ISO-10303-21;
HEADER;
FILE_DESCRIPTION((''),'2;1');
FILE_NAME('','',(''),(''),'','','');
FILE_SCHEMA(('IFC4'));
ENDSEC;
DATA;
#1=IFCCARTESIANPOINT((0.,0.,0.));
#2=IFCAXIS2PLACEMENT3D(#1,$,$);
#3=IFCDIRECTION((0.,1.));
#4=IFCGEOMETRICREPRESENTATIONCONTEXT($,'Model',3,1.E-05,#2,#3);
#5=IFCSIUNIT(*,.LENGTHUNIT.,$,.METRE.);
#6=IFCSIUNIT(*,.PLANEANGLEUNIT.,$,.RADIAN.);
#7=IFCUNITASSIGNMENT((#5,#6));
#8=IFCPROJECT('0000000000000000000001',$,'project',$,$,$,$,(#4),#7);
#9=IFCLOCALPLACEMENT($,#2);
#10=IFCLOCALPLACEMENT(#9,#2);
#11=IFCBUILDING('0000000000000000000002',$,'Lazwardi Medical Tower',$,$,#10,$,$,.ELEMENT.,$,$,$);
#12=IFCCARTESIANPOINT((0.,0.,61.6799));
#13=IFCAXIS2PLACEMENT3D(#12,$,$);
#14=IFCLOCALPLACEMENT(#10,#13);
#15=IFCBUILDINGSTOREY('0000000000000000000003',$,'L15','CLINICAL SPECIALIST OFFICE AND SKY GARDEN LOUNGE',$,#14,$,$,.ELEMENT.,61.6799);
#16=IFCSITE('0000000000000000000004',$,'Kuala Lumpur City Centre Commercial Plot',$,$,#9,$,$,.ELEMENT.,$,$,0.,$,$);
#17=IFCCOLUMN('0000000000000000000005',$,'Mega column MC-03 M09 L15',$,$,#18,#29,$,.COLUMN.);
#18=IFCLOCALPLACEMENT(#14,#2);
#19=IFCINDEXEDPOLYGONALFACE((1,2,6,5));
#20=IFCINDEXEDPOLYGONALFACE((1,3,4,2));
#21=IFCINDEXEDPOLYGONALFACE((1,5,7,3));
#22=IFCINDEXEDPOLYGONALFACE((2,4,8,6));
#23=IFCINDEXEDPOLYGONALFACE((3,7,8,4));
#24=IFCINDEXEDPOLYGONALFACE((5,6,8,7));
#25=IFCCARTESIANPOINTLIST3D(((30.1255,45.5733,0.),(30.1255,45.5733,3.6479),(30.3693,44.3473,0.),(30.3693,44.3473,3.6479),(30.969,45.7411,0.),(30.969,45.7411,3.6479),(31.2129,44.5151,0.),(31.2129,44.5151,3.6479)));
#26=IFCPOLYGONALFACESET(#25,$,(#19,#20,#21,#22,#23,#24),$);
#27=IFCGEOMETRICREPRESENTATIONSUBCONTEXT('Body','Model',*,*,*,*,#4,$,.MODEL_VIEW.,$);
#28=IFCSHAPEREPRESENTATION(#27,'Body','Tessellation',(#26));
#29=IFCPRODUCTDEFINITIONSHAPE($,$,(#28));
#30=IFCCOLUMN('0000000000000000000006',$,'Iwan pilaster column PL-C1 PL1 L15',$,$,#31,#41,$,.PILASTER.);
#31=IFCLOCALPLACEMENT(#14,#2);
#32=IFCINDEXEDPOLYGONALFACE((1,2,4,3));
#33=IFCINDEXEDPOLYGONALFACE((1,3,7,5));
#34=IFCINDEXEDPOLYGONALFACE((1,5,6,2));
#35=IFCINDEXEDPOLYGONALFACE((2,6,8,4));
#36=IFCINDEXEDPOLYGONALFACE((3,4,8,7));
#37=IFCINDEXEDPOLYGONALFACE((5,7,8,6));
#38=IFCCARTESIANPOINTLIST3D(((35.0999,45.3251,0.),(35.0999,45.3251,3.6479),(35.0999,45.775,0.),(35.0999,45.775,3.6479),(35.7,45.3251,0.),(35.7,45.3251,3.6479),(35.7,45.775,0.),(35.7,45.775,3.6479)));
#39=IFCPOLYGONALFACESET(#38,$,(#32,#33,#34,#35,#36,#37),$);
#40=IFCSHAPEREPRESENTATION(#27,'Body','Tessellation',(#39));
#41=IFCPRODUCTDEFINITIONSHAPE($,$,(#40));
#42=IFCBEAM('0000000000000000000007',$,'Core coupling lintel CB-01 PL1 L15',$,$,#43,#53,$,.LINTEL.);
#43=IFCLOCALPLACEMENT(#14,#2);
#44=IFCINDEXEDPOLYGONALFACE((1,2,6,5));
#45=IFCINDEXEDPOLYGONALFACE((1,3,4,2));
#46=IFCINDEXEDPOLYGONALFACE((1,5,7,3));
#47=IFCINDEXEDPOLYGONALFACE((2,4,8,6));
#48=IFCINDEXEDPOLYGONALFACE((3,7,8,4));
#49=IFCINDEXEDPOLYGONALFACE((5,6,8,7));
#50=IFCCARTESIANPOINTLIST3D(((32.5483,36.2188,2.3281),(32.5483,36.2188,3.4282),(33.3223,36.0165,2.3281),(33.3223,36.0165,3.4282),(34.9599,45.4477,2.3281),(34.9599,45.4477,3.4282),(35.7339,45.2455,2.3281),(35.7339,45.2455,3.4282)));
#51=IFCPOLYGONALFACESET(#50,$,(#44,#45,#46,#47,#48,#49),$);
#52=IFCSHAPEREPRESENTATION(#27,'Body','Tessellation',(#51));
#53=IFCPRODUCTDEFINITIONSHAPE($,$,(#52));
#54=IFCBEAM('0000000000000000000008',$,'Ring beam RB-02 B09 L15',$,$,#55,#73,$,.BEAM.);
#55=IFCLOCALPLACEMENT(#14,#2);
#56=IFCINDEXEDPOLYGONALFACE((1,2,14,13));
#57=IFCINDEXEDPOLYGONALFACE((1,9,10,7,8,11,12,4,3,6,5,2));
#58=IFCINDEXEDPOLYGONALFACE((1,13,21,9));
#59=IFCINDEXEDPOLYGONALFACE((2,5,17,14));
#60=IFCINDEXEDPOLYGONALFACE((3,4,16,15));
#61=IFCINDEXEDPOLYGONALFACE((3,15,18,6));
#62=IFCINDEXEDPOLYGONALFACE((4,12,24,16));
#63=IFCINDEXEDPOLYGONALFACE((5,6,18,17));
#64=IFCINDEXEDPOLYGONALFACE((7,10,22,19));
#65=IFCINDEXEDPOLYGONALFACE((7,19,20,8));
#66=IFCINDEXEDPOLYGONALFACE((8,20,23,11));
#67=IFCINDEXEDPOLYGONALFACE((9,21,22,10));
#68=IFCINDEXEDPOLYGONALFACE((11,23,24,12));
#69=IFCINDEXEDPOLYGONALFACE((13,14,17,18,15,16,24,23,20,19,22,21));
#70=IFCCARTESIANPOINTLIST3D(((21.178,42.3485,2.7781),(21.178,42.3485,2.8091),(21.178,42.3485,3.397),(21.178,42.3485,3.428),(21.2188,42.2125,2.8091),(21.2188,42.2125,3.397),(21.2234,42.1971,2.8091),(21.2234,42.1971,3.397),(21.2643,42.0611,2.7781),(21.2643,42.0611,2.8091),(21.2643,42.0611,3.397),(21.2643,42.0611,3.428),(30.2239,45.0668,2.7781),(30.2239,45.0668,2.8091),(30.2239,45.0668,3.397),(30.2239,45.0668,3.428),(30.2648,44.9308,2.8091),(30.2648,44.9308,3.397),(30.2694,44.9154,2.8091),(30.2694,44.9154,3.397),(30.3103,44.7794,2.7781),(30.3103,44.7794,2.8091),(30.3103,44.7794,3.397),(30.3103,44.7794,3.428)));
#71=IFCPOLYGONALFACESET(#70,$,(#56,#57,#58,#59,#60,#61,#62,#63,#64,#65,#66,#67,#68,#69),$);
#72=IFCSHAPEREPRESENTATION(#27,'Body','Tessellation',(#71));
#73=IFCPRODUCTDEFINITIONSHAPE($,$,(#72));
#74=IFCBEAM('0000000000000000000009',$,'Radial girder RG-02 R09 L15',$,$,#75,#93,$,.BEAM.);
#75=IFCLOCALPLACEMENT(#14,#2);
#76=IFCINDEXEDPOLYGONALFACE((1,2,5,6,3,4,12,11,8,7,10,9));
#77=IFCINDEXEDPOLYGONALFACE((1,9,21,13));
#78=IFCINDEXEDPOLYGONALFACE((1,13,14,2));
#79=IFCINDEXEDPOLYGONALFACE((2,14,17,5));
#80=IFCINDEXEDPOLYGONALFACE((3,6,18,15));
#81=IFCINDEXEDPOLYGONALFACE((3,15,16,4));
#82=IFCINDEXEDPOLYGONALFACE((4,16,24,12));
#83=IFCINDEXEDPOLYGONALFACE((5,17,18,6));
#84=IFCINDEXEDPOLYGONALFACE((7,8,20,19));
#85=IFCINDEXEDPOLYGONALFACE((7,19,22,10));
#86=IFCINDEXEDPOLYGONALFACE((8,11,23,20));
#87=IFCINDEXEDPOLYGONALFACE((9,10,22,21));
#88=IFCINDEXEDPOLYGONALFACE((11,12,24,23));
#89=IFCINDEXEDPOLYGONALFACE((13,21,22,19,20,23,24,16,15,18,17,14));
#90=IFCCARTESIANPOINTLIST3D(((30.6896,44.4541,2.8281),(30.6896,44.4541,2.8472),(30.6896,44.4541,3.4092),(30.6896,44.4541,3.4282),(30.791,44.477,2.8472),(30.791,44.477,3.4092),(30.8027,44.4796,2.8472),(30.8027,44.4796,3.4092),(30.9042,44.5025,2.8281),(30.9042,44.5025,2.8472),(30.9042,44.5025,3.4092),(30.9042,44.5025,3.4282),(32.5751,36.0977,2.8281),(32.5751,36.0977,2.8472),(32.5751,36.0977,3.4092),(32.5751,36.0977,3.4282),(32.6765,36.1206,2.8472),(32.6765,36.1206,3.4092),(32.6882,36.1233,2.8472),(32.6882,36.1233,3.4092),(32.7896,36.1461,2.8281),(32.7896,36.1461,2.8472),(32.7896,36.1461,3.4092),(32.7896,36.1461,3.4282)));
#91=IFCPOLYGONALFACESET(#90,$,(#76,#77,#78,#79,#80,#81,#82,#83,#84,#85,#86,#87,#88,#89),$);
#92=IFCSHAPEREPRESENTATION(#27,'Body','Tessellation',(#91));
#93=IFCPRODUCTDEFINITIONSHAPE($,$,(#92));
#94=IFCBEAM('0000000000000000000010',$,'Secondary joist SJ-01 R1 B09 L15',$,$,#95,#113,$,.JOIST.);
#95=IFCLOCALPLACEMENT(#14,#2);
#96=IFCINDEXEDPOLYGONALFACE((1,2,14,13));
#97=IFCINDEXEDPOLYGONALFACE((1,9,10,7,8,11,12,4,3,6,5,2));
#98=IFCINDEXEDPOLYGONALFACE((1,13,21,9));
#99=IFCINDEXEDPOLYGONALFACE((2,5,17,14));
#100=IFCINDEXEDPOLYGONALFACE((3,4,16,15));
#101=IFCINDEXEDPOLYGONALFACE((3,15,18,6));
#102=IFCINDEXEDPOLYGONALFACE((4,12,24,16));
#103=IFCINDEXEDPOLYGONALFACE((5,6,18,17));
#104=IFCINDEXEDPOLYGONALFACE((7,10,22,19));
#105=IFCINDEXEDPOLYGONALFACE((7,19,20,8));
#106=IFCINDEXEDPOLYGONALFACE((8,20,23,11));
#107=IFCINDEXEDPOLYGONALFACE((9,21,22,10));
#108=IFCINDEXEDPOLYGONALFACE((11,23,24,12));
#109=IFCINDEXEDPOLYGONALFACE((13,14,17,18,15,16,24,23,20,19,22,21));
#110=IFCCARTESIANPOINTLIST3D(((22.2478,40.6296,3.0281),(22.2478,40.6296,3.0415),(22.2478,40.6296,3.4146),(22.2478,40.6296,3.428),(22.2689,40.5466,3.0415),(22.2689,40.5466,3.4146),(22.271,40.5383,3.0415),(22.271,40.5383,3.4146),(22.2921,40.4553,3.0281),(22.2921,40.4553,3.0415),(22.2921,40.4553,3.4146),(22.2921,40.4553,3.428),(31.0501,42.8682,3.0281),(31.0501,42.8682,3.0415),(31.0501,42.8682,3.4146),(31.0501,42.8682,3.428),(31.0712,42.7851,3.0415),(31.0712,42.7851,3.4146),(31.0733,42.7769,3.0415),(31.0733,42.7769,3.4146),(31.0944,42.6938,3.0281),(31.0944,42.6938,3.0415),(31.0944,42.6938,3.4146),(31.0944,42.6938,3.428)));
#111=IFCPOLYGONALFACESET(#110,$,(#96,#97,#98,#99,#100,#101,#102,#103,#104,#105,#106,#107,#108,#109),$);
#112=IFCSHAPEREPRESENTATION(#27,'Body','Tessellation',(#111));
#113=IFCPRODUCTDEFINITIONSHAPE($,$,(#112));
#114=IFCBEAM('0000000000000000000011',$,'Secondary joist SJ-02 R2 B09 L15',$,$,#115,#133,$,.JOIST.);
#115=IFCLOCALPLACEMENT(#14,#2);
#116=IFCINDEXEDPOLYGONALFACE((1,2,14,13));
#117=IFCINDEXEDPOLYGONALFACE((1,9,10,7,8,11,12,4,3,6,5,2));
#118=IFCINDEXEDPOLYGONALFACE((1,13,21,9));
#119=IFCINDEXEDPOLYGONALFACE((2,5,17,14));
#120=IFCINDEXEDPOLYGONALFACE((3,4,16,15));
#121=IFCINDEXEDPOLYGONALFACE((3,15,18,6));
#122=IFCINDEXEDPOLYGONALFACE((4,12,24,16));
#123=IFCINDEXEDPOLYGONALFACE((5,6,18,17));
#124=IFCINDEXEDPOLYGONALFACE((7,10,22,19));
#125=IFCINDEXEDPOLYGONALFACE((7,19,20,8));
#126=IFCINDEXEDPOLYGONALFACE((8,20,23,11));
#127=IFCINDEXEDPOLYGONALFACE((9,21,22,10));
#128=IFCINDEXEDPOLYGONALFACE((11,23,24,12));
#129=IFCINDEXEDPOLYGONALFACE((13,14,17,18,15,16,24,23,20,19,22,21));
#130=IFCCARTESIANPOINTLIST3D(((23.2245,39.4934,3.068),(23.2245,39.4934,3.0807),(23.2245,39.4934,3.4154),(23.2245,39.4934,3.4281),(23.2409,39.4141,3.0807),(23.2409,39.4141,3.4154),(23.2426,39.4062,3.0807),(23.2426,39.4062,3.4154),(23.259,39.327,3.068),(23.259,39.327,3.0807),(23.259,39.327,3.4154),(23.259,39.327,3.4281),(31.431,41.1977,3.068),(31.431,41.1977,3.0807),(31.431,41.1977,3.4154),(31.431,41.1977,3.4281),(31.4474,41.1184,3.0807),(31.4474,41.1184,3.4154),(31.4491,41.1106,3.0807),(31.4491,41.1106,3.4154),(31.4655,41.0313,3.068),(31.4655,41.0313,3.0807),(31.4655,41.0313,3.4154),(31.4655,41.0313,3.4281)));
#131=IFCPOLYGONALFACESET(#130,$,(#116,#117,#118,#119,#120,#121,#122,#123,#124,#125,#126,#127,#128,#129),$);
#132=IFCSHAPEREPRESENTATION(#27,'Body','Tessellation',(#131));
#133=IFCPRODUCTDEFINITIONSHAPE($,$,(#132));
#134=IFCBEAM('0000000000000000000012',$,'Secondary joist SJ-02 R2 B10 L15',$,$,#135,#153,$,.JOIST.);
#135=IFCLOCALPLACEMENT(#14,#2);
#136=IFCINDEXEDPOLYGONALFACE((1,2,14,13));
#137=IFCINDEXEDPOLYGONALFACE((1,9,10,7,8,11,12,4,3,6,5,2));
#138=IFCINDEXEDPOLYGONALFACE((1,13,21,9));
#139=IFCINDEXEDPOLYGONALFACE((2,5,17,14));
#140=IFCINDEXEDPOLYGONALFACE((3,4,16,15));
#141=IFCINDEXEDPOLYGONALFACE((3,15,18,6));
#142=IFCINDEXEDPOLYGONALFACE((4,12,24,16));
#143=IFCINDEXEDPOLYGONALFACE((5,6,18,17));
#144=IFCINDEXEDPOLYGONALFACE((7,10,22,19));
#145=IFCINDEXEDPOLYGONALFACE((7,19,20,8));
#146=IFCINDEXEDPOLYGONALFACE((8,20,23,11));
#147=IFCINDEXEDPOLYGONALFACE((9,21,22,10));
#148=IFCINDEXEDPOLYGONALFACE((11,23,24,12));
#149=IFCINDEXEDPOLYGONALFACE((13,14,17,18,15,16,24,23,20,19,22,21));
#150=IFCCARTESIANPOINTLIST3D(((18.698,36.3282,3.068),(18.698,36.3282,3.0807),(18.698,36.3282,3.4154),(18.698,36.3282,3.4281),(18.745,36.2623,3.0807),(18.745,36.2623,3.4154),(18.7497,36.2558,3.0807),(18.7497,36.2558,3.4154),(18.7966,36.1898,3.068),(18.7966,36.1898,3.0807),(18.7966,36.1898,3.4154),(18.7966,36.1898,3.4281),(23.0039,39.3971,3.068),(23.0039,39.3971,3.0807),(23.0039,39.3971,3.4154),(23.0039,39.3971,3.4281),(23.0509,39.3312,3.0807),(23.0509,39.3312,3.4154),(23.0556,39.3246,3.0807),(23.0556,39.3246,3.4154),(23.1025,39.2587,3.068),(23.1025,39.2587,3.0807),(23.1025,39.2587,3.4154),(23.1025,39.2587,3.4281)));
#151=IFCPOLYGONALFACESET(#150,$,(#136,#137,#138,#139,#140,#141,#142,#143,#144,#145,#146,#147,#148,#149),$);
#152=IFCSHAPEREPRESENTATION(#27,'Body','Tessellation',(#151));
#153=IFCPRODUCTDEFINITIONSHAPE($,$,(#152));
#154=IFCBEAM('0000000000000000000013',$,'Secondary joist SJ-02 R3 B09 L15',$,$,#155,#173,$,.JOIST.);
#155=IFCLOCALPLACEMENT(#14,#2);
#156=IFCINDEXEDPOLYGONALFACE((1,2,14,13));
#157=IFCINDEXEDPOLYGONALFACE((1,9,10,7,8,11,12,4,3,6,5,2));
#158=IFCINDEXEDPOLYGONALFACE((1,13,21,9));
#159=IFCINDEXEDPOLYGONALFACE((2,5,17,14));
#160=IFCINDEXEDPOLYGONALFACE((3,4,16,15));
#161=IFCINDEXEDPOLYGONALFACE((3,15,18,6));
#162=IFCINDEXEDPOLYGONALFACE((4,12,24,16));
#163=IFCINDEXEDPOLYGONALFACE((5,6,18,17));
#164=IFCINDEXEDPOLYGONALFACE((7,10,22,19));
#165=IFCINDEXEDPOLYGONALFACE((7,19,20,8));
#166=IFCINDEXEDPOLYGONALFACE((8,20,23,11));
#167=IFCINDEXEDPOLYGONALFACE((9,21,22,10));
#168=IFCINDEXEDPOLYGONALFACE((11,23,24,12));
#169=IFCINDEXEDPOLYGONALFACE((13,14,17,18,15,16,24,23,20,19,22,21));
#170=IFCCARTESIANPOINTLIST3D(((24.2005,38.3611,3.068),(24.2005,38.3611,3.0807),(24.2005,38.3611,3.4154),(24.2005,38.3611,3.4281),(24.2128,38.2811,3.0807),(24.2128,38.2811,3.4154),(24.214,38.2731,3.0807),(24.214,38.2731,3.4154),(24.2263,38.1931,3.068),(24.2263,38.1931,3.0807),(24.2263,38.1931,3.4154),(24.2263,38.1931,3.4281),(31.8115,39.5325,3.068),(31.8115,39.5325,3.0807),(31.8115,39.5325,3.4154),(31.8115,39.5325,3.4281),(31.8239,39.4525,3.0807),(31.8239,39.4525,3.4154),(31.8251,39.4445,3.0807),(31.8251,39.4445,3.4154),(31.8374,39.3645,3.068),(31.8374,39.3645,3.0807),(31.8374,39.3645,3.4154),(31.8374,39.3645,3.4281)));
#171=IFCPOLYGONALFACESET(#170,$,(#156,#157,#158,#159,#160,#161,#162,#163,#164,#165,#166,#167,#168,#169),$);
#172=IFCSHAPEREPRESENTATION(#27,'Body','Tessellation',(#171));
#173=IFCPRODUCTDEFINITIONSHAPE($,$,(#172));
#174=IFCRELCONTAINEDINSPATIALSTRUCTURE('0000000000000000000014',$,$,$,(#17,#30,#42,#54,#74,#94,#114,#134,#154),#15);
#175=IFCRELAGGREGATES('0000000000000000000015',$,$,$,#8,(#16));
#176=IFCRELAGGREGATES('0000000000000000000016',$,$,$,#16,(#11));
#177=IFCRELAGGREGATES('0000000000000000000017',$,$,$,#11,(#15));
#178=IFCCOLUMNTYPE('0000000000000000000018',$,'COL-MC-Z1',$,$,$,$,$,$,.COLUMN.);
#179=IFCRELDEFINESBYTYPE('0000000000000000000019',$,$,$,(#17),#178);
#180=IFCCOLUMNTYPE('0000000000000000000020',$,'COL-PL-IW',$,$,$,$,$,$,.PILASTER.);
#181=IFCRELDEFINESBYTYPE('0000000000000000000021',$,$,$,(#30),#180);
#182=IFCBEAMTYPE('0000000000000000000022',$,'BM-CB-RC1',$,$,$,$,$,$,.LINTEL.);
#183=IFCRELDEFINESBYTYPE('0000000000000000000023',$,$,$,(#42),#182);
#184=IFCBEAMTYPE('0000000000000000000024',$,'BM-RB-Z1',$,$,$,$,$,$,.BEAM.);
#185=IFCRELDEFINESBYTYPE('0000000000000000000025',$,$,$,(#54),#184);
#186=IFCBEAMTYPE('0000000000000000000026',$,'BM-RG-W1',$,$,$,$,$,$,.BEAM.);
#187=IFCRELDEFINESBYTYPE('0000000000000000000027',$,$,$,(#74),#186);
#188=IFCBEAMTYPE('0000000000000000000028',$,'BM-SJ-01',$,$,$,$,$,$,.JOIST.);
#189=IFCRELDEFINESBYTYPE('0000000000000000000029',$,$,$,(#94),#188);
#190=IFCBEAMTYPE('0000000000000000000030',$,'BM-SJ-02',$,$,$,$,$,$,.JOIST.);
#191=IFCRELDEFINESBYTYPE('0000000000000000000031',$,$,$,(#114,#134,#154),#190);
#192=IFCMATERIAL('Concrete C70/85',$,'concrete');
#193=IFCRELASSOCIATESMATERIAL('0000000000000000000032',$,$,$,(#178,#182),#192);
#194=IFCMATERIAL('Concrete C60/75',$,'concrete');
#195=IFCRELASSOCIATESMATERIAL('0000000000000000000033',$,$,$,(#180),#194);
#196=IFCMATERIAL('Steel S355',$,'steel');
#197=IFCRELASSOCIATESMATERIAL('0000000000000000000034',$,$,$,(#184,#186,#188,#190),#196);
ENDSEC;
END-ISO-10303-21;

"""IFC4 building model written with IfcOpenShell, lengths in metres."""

from ifc_helpers import new_model, si_unit, direction, frame, origin, origin_2d, place, context, subcontext, project, spatial, rectangle, i_section, extrude, material, material_profile, profile_set, type_object, element, save


model = new_model("IFC4")

# Units and contexts
model_context = context("Model", 3, precision=1e-05, world=origin(), true_north=direction((0.0, 1.0)))
body_context = subcontext(model_context, "Body", "Model", "MODEL_VIEW")
ifc_project = project(units=[si_unit("LENGTHUNIT", "METRE"), si_unit("PLANEANGLEUNIT", "RADIAN")], contexts=[model_context])

# Site, building, storey
site_placement = place(None, origin())
site = spatial("IfcSite", under=ifc_project, at=site_placement, Name="Kuala Lumpur City Centre Commercial Plot", CompositionType="ELEMENT", RefElevation=0.0)
building_placement = place(site_placement, origin())
building = spatial("IfcBuilding", under=site, at=building_placement, Name="Lazwardi Medical Tower", CompositionType="ELEMENT")
storey_placement = place(building_placement, frame((0.0, 0.0, 61.6799)))
storey = spatial("IfcBuildingStorey", under=building, at=storey_placement, Name="L15", Description="CLINICAL SPECIALIST OFFICE AND SKY GARDEN LOUNGE", CompositionType="ELEMENT", Elevation=61.6799)

# Columns
ifc_material_1 = material(Name="Concrete C70/85", Category="concrete")
ifc_material_profile_1 = material_profile(ifc_material_1, rectangle(XDim=1.25, YDim=0.8601, at=origin_2d()), Name="CFT-RECT 1250x860")
ifc_profile_set_1 = profile_set([ifc_material_profile_1], Name="Concrete C70/85")
column_type_1 = type_object("IfcColumnType", Name="COL-MC-Z1", PredefinedType="COLUMN", material=ifc_profile_set_1)
column_1_placement = place(storey_placement, frame((30.6692, 45.0442, 0.0), z_axis=(0.0, 0.0, 1.0), x_axis=(-0.19509, 0.980785, 0.0)))
element("IfcColumn", 1, at=column_1_placement, inside=storey, type_object=column_type_1, Name="Mega column MC-03 M09 L15", PredefinedType="COLUMN", context=body_context, shape_type="SweptSolid", body=[
    extrude(rectangle(XDim=1.25, YDim=0.8601, at=origin_2d()), origin(), (0.0, 0.0, 1.0), 3.6479),
])
ifc_material_2 = material(Name="Concrete C60/75", Category="concrete")
ifc_material_profile_2 = material_profile(ifc_material_2, rectangle(XDim=0.6001, YDim=0.45, at=origin_2d()), Name="RC 600x450")
ifc_profile_set_2 = profile_set([ifc_material_profile_2], Name="Concrete C60/75")
column_type_2 = type_object("IfcColumnType", Name="COL-PL-IW", PredefinedType="PILASTER", material=ifc_profile_set_2)
column_2_placement = place(storey_placement, frame((35.3999, 45.55, 0.0), z_axis=(0.0, 0.0, 1.0), x_axis=(1.0, 0.0, 0.0)))
element("IfcColumn", 2, at=column_2_placement, inside=storey, type_object=column_type_2, Name="Iwan pilaster column PL-C1 PL1 L15", PredefinedType="PILASTER", context=body_context, shape_type="SweptSolid", body=[
    extrude(rectangle(XDim=0.6001, YDim=0.45, at=origin_2d()), origin(), (0.0, 0.0, 1.0), 3.6479),
])

# Beams
ifc_material_profile_3 = material_profile(ifc_material_1, rectangle(XDim=0.8, YDim=1.1001, at=origin_2d()), Name="RC 800x1100")
ifc_profile_set_3 = profile_set([ifc_material_profile_3], Name="Concrete C70/85")
beam_type_1 = type_object("IfcBeamType", Name="BM-CB-RC1", PredefinedType="LINTEL", material=ifc_profile_set_3)
beam_1_placement = place(storey_placement, frame((32.9353, 36.1177, 2.8782), z_axis=(0.25282, 0.967513, 0.0), x_axis=(-0.967513, 0.25282, 0.0)))
element("IfcBeam", 3, at=beam_1_placement, inside=storey, type_object=beam_type_1, Name="Core coupling lintel CB-01 PL1 L15", PredefinedType="LINTEL", context=body_context, shape_type="SweptSolid", body=[
    extrude(rectangle(XDim=0.8, YDim=1.1001, at=origin_2d()), origin(), (0.0, 0.0, 1.0), 9.5388),
])
ifc_material_3 = material(Name="Steel S355", Category="steel")
ifc_material_profile_4 = material_profile(ifc_material_3, i_section(OverallWidth=0.3, OverallDepth=0.6499, WebThickness=0.0161, FlangeThickness=0.031, at=origin_2d()), Name="HEB 650")
ifc_profile_set_4 = profile_set([ifc_material_profile_4], Name="Steel S355")
beam_type_2 = type_object("IfcBeamType", Name="BM-RB-Z1", PredefinedType="BEAM", material=ifc_profile_set_4)
beam_2_placement = place(storey_placement, frame((30.2671, 44.9231, 3.103), z_axis=(-0.957695, -0.287784, 0.0), x_axis=(0.287784, -0.957695, 0.0)))
element("IfcBeam", 4, at=beam_2_placement, inside=storey, type_object=beam_type_2, Name="Ring beam RB-02 B09 L15", PredefinedType="BEAM", context=body_context, shape_type="SweptSolid", body=[
    extrude(i_section(OverallWidth=0.3, OverallDepth=0.6499, WebThickness=0.0161, FlangeThickness=0.031, at=origin_2d()), origin(), (0.0, 0.0, 1.0), 9.4456),
])
ifc_material_profile_5 = material_profile(ifc_material_3, i_section(OverallWidth=0.22, OverallDepth=0.6001, WebThickness=0.012, FlangeThickness=0.019, at=origin_2d()), Name="IPE 600")
ifc_profile_set_5 = profile_set([ifc_material_profile_5], Name="Steel S355")
beam_type_3 = type_object("IfcBeamType", Name="BM-RG-W1", PredefinedType="BEAM", material=ifc_profile_set_5)
beam_3_placement = place(storey_placement, frame((30.7969, 44.4783, 3.1282), z_axis=(0.220101, -0.975477, 0.0), x_axis=(0.975477, 0.220101, 0.0)))
element("IfcBeam", 5, at=beam_3_placement, inside=storey, type_object=beam_type_3, Name="Radial girder RG-02 R09 L15", PredefinedType="BEAM", context=body_context, shape_type="SweptSolid", body=[
    extrude(i_section(OverallWidth=0.22, OverallDepth=0.6001, WebThickness=0.012, FlangeThickness=0.019, at=origin_2d()), origin(), (0.0, 0.0, 1.0), 8.5664),
])
ifc_material_profile_6 = material_profile(ifc_material_3, i_section(OverallWidth=0.1799, OverallDepth=0.3999, WebThickness=0.0085, FlangeThickness=0.0134, at=origin_2d()), Name="IPE 400")
ifc_profile_set_6 = profile_set([ifc_material_profile_6], Name="Steel S355")
beam_type_4 = type_object("IfcBeamType", Name="BM-SJ-01", PredefinedType="JOIST", material=ifc_profile_set_6)
beam_4_placement = place(storey_placement, frame((31.0723, 42.781, 3.228), z_axis=(-0.969151, -0.246468, 0.0), x_axis=(0.246468, -0.969151, 0.0)))
element("IfcBeam", 6, at=beam_4_placement, inside=storey, type_object=beam_type_4, Name="Secondary joist SJ-01 R1 B09 L15", PredefinedType="JOIST", context=body_context, shape_type="SweptSolid", body=[
    extrude(i_section(OverallWidth=0.1799, OverallDepth=0.3999, WebThickness=0.0085, FlangeThickness=0.0134, at=origin_2d()), origin(), (0.0, 0.0, 1.0), 9.0825),
])
ifc_material_profile_7 = material_profile(ifc_material_3, i_section(OverallWidth=0.1699, OverallDepth=0.3601, WebThickness=0.0081, FlangeThickness=0.0127, at=origin_2d()), Name="IPE 360")
ifc_profile_set_7 = profile_set([ifc_material_profile_7], Name="Steel S355")
beam_type_5 = type_object("IfcBeamType", Name="BM-SJ-02", PredefinedType="JOIST", material=ifc_profile_set_7)
beam_5_placement = place(storey_placement, frame((31.4482, 41.1145, 3.248), z_axis=(-0.979108, -0.203342, 0.0), x_axis=(0.203342, -0.979108, 0.0)))
element("IfcBeam", 7, at=beam_5_placement, inside=storey, type_object=beam_type_5, Name="Secondary joist SJ-02 R2 B09 L15", PredefinedType="JOIST", context=body_context, shape_type="SweptSolid", body=[
    extrude(i_section(OverallWidth=0.1699, OverallDepth=0.3601, WebThickness=0.0081, FlangeThickness=0.0127, at=origin_2d()), origin(), (0.0, 0.0, 1.0), 8.3816),
])
beam_6_placement = place(storey_placement, frame((23.0532, 39.3279, 3.248), z_axis=(-0.814341, -0.580386, 0.0), x_axis=(0.580386, -0.814341, 0.0)))
element("IfcBeam", 8, at=beam_6_placement, inside=storey, type_object=beam_type_5, Name="Secondary joist SJ-02 R2 B10 L15", PredefinedType="JOIST", context=body_context, shape_type="SweptSolid", body=[
    extrude(i_section(OverallWidth=0.1699, OverallDepth=0.3601, WebThickness=0.0081, FlangeThickness=0.0127, at=origin_2d()), origin(), (0.0, 0.0, 1.0), 5.2876),
])
beam_7_placement = place(storey_placement, frame((31.8245, 39.4485, 3.248), z_axis=(-0.988363, -0.152114, 0.0), x_axis=(0.152114, -0.988363, 0.0)))
element("IfcBeam", 9, at=beam_7_placement, inside=storey, type_object=beam_type_5, Name="Secondary joist SJ-02 R3 B09 L15", PredefinedType="JOIST", context=body_context, shape_type="SweptSolid", body=[
    extrude(i_section(OverallWidth=0.1699, OverallDepth=0.3601, WebThickness=0.0081, FlangeThickness=0.0127, at=origin_2d()), origin(), (0.0, 0.0, 1.0), 7.7007),
])

save(model, "model.ifc")
